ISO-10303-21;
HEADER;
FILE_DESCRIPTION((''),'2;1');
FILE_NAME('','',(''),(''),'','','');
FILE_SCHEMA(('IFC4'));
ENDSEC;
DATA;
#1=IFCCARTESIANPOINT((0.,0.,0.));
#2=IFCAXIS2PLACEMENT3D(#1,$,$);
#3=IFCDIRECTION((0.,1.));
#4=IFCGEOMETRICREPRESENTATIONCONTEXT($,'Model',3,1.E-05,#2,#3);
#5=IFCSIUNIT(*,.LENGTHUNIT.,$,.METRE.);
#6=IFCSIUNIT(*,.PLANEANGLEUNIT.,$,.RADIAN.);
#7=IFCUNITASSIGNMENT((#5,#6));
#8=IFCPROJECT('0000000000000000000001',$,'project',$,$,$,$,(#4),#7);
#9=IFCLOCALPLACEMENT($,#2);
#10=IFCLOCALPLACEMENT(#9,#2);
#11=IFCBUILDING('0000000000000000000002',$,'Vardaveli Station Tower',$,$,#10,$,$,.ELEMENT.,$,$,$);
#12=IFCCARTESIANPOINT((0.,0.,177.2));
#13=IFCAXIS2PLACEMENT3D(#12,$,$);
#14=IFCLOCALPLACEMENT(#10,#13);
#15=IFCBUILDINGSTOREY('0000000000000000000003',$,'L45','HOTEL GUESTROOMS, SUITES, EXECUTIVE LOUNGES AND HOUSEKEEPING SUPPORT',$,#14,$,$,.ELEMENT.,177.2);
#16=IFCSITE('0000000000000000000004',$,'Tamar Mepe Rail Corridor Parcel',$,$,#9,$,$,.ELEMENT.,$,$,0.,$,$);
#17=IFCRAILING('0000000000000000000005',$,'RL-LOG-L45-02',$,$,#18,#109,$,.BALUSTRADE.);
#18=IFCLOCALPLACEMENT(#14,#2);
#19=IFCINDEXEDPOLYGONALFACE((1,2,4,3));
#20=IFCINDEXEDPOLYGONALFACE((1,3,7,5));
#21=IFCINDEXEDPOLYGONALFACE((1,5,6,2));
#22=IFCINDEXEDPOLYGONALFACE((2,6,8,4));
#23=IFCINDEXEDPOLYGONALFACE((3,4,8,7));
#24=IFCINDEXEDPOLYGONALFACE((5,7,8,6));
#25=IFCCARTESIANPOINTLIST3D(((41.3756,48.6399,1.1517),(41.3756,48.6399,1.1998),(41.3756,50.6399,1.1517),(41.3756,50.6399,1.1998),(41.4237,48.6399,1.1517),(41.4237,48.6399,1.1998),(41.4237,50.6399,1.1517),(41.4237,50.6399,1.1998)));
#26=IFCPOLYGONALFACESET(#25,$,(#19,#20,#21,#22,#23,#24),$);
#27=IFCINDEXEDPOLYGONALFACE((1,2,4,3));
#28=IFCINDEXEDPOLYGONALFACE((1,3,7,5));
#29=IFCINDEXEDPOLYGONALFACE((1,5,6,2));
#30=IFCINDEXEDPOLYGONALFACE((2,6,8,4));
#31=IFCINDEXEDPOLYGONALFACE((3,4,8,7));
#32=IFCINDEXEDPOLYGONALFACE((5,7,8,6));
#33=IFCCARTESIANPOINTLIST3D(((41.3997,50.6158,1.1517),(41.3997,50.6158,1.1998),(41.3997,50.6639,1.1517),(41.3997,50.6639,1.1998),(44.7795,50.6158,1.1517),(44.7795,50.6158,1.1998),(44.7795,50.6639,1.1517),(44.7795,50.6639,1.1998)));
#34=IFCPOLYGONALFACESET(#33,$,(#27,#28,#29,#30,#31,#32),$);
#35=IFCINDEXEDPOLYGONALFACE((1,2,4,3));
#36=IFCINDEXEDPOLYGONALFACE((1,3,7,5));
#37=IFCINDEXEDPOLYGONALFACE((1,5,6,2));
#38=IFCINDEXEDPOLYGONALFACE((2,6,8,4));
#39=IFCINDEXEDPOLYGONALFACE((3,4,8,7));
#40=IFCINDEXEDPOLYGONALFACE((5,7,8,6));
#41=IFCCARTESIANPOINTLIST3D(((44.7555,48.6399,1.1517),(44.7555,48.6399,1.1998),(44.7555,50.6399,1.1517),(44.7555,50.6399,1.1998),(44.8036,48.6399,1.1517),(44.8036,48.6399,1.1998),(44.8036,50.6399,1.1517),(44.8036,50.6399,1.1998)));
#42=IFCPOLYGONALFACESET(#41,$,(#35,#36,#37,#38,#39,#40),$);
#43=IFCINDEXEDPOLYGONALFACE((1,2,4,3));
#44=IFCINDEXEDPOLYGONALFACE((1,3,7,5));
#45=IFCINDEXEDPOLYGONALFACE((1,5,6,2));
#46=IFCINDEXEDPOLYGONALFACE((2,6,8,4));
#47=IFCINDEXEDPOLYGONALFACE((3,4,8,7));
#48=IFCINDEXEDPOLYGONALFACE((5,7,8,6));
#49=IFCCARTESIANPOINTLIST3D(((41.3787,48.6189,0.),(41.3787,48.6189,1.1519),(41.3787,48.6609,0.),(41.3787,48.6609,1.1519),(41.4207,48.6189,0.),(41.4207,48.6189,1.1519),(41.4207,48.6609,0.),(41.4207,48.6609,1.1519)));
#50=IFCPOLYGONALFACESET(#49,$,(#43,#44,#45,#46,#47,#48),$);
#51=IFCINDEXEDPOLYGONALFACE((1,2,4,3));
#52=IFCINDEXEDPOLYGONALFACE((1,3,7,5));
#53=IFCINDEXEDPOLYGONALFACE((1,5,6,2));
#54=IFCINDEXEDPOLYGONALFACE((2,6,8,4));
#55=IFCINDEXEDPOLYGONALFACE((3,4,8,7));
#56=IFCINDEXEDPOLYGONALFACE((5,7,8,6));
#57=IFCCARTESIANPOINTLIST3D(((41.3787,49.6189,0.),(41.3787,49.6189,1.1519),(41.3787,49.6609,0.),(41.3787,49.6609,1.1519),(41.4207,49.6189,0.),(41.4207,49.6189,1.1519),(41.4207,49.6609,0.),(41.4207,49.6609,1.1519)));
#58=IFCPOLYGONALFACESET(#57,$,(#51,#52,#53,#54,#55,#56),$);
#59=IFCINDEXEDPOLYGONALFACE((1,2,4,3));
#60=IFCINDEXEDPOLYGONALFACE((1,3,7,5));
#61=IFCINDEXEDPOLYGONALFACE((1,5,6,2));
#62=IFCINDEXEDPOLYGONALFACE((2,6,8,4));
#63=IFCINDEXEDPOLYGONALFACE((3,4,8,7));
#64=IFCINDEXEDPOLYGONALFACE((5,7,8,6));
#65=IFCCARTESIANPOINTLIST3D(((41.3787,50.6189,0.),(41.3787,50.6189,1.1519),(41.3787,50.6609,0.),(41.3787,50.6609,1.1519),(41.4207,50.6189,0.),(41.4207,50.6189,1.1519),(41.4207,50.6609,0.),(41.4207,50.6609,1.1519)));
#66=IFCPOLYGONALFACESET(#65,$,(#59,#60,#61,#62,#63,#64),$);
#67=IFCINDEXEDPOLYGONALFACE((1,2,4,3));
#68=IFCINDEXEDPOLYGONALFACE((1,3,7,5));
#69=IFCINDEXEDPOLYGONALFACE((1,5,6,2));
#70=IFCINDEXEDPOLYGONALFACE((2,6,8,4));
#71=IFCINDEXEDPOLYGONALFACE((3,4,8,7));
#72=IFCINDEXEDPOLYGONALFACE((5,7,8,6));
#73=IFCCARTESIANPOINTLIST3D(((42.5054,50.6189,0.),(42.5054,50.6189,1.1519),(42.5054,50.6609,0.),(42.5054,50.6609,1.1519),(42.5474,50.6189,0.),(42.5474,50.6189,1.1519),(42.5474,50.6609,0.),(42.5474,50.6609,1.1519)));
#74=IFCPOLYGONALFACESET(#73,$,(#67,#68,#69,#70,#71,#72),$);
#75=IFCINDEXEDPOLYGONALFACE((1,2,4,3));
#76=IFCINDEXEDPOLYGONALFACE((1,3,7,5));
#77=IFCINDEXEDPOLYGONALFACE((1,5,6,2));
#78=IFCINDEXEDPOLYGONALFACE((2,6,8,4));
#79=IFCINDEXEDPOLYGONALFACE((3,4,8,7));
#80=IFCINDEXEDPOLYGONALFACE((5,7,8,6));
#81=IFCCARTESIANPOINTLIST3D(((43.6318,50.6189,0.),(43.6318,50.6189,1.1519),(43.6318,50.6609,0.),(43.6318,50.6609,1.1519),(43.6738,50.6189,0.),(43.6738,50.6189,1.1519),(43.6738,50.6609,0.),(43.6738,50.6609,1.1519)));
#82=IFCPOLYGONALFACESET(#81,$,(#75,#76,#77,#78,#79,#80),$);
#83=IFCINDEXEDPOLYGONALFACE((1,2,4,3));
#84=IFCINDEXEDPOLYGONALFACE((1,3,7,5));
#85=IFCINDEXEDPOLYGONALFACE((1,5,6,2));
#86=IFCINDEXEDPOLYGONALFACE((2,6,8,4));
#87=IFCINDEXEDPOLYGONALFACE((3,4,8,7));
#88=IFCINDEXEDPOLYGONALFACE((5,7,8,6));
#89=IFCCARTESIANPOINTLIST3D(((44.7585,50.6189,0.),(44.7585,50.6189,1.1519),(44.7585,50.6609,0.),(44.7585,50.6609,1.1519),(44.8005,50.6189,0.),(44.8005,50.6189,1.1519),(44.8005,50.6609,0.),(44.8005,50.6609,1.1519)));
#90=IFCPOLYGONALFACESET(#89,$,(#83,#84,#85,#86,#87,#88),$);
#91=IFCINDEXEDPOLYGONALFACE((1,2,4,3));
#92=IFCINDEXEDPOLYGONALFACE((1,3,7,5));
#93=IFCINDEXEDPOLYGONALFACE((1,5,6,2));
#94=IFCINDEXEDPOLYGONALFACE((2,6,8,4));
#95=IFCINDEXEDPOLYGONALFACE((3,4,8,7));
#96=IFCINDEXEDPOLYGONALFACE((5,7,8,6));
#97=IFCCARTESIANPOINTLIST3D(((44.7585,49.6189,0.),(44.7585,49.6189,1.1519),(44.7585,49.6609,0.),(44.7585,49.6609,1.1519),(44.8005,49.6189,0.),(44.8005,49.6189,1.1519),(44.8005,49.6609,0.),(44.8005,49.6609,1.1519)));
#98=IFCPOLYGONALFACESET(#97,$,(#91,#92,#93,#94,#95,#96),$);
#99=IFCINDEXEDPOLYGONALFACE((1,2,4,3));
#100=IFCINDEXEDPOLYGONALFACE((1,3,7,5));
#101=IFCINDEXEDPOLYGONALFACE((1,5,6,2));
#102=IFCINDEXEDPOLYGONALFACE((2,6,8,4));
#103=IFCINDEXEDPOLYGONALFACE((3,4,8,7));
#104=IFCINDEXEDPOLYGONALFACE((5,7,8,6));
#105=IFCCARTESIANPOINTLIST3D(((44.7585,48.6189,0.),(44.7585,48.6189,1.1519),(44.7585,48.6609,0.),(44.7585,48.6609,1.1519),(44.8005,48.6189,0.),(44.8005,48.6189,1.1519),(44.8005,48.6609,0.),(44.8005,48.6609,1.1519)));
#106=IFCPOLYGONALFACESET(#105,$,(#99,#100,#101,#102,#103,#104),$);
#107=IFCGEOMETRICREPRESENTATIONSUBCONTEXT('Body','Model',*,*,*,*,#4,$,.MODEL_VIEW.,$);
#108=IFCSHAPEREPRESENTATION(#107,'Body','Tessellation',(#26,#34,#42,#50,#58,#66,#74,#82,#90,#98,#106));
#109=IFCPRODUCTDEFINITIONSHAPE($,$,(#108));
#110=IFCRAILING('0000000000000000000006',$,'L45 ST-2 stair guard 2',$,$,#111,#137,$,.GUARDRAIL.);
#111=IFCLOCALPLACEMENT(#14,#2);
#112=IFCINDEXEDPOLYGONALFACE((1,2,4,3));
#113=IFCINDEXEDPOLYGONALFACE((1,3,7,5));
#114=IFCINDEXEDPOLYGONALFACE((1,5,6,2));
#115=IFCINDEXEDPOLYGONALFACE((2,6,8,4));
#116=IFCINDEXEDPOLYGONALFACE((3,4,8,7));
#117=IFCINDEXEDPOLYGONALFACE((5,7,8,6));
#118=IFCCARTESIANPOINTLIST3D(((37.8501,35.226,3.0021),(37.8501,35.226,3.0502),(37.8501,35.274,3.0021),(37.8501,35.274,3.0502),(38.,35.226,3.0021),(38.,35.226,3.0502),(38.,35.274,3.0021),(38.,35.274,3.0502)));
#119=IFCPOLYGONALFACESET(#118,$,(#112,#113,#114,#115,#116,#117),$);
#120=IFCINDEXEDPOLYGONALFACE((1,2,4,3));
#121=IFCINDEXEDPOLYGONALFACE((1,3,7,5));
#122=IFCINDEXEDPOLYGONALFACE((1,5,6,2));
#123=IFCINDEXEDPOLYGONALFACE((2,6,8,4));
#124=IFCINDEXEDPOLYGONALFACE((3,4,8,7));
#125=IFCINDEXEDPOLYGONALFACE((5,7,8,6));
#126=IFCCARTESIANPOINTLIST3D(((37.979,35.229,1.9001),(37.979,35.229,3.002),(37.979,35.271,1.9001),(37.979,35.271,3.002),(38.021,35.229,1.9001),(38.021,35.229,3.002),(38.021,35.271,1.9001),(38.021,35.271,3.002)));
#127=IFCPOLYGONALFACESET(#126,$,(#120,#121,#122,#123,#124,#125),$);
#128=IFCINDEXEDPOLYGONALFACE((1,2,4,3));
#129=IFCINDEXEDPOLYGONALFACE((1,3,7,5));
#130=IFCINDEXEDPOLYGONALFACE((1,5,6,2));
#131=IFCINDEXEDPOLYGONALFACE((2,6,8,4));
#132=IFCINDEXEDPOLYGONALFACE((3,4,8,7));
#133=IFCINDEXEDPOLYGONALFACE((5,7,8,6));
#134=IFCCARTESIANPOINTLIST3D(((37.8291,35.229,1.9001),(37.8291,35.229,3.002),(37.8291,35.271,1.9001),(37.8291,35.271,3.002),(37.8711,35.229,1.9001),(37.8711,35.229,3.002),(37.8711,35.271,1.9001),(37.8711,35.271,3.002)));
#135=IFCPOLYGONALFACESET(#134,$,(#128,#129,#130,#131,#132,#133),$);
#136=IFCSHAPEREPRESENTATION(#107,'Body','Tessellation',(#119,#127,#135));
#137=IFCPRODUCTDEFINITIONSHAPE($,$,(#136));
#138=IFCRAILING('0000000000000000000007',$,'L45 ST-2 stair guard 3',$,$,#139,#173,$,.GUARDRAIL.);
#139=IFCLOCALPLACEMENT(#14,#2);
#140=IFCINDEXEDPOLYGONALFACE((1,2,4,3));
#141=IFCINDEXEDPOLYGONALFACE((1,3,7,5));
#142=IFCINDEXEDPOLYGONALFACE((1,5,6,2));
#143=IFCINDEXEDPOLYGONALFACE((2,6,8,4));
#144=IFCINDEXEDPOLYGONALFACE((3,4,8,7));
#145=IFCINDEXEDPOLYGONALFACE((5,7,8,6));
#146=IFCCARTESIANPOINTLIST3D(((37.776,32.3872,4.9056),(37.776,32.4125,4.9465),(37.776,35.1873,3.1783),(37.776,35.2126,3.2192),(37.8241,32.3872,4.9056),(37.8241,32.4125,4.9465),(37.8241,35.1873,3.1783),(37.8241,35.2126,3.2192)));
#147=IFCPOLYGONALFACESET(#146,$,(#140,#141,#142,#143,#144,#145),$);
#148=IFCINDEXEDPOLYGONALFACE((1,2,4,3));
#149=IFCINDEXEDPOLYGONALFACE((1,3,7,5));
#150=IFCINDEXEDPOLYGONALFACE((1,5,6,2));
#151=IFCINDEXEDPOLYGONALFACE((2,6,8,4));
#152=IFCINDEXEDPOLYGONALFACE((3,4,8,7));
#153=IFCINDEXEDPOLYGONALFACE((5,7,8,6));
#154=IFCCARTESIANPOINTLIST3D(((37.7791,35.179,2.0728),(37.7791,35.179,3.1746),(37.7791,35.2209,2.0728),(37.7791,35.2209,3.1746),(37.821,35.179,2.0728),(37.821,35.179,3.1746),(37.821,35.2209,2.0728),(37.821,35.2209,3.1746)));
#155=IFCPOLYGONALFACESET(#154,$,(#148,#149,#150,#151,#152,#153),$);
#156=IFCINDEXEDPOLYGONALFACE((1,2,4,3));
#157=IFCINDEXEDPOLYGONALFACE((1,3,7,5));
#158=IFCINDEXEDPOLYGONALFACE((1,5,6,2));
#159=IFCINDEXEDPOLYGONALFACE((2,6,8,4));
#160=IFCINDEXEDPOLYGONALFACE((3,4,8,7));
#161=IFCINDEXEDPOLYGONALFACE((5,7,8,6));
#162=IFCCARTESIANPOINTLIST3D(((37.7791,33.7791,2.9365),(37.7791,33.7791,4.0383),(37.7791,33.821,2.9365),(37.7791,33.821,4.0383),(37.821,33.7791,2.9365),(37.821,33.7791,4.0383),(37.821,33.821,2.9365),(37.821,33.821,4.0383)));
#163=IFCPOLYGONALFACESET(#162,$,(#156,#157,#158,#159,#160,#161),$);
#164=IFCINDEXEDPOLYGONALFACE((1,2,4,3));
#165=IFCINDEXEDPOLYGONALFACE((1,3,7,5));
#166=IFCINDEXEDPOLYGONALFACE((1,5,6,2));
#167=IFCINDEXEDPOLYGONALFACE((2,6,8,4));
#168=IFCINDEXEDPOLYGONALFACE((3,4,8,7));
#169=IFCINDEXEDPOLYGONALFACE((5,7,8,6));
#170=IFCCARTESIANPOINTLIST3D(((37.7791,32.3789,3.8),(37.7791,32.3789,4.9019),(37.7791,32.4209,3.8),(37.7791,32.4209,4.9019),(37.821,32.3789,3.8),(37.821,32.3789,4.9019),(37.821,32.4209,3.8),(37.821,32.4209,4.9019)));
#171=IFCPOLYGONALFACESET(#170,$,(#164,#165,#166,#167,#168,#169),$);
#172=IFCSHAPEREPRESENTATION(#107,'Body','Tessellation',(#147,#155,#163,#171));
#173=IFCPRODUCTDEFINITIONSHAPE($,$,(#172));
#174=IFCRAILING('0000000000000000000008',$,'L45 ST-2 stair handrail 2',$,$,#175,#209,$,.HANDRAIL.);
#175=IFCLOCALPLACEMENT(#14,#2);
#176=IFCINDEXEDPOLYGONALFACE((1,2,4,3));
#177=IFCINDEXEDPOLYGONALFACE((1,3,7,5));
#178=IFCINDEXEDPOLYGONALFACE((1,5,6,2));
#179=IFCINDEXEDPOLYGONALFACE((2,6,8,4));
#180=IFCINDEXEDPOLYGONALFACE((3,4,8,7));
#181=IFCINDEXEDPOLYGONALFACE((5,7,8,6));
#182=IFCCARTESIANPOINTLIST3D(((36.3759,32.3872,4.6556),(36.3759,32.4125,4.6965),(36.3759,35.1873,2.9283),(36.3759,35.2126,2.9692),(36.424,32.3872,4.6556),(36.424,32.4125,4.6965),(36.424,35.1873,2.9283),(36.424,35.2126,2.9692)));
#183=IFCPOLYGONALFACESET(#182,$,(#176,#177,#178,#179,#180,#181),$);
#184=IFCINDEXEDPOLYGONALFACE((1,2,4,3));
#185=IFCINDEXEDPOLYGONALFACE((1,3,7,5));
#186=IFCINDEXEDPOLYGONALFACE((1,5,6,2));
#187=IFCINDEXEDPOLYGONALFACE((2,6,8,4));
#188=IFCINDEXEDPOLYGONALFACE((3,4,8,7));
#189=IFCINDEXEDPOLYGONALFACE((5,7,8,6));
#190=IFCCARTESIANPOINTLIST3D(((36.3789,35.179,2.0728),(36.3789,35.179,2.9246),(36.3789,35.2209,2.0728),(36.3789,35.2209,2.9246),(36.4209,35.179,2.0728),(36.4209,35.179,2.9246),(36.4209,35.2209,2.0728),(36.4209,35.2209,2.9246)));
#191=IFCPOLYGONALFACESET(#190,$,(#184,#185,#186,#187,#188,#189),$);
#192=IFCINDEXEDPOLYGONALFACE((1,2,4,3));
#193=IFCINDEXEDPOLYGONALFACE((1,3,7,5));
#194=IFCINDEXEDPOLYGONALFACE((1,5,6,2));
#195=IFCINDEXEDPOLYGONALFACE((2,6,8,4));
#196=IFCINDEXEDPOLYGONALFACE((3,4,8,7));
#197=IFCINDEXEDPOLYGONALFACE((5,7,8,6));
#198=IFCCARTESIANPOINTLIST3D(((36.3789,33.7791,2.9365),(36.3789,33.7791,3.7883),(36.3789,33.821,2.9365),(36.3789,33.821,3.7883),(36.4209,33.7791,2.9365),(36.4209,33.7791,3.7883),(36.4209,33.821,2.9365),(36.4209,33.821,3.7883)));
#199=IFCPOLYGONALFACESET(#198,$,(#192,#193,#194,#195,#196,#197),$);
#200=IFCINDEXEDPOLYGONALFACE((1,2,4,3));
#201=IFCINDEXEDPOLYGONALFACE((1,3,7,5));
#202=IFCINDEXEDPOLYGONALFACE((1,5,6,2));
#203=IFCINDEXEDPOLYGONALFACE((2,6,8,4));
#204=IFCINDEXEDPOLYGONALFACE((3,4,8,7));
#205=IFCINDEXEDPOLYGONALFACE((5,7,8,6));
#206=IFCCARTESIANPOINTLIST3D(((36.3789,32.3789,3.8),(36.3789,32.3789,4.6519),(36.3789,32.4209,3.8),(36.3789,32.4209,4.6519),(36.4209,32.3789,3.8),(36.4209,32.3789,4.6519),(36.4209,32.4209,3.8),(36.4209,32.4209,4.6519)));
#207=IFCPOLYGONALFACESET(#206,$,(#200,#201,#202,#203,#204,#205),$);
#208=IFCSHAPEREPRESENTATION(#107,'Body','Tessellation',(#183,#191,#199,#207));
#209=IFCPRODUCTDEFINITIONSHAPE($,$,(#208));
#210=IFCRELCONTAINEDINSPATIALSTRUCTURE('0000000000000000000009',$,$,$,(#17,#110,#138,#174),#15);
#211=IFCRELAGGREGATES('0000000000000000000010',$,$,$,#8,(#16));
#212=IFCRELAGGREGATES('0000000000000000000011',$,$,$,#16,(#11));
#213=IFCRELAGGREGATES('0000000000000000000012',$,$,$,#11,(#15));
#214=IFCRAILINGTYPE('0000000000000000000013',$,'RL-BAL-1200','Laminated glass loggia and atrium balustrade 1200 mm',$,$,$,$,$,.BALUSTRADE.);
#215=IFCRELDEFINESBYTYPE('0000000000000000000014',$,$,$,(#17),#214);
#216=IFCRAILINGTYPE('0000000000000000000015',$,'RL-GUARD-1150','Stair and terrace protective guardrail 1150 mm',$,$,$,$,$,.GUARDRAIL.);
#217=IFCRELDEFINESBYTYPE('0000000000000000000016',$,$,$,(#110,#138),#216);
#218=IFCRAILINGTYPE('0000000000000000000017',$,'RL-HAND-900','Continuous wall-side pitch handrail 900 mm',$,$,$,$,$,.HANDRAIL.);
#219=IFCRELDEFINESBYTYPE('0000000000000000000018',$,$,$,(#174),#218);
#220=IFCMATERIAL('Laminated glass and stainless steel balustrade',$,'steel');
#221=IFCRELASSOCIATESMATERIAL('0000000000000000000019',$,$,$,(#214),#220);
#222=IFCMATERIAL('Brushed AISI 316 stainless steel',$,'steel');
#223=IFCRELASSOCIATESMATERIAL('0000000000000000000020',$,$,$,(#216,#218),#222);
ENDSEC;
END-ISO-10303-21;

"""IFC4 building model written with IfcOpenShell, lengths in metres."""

from ifc_helpers import new_model, si_unit, direction, frame, origin, origin_2d, place, context, subcontext, project, spatial, rectangle, extrude, source, transform, mapped, material, type_object, element, save


model = new_model("IFC4")

# Units and contexts
model_context = context("Model", 3, precision=1e-05, world=origin(), true_north=direction((0.0, 1.0)))
body_context = subcontext(model_context, "Body", "Model", "MODEL_VIEW")
ifc_project = project(units=[si_unit("LENGTHUNIT", "METRE"), si_unit("PLANEANGLEUNIT", "RADIAN")], contexts=[model_context])

# Site, building, storey
site_placement = place(None, origin())
site = spatial("IfcSite", under=ifc_project, at=site_placement, Name="Tamar Mepe Rail Corridor Parcel", CompositionType="ELEMENT", RefElevation=0.0)
building_placement = place(site_placement, origin())
building = spatial("IfcBuilding", under=site, at=building_placement, Name="Vardaveli Station Tower", CompositionType="ELEMENT")
storey_placement = place(building_placement, frame((0.0, 0.0, 177.2)))
storey = spatial("IfcBuildingStorey", under=building, at=storey_placement, Name="L45", Description="HOTEL GUESTROOMS, SUITES, EXECUTIVE LOUNGES AND HOUSEKEEPING SUPPORT", CompositionType="ELEMENT", Elevation=177.2)

# Railings
ifc_material_1 = material(Name="Laminated glass and stainless steel balustrade", Category="steel")
railing_type_1 = type_object("IfcRailingType", Name="RL-BAL-1200", Description="Laminated glass loggia and atrium balustrade 1200 mm", PredefinedType="BALUSTRADE", material=ifc_material_1)
shared_shape_1 = source(origin(), body_context, "Body", "SweptSolid", [
    extrude(rectangle(XDim=0.0481, YDim=0.0481, at=origin_2d()), frame((0.0, 0.0, 1.1758), z_axis=(0.0, 1.0, 0.0), x_axis=(-1.0, 0.0, 0.0)), (0.0, 0.0, 1.0), 2.0),
    extrude(rectangle(XDim=0.0481, YDim=0.0481, at=origin_2d()), frame((0.0, 2.0, 1.1758), z_axis=(1.0, 0.0, 0.0), x_axis=(0.0, 1.0, 0.0)), (0.0, 0.0, 1.0), 3.3799),
    extrude(rectangle(XDim=0.0481, YDim=0.0481, at=origin_2d()), frame((3.3799, 2.0, 1.1758), z_axis=(0.0, -1.0, 0.0), x_axis=(1.0, 0.0, 0.0)), (0.0, 0.0, 1.0), 2.0),
    extrude(rectangle(XDim=0.042, YDim=0.042, at=origin_2d()), origin(), (0.0, 0.0, 1.0), 1.1519),
    extrude(rectangle(XDim=0.042, YDim=0.042, at=origin_2d()), frame((0.0, 1.0, 0.0)), (0.0, 0.0, 1.0), 1.1519),
    extrude(rectangle(XDim=0.042, YDim=0.042, at=origin_2d()), frame((0.0, 2.0, 0.0)), (0.0, 0.0, 1.0), 1.1519),
    extrude(rectangle(XDim=0.042, YDim=0.042, at=origin_2d()), frame((1.1267, 2.0, 0.0)), (0.0, 0.0, 1.0), 1.1519),
    extrude(rectangle(XDim=0.042, YDim=0.042, at=origin_2d()), frame((2.2532, 2.0, 0.0)), (0.0, 0.0, 1.0), 1.1519),
    extrude(rectangle(XDim=0.042, YDim=0.042, at=origin_2d()), frame((3.3799, 2.0, 0.0)), (0.0, 0.0, 1.0), 1.1519),
    extrude(rectangle(XDim=0.042, YDim=0.042, at=origin_2d()), frame((3.3799, 1.0, 0.0)), (0.0, 0.0, 1.0), 1.1519),
    extrude(rectangle(XDim=0.042, YDim=0.042, at=origin_2d()), frame((3.3799, 0.0, 0.0)), (0.0, 0.0, 1.0), 1.1519),
])
railing_1_placement = place(storey_placement, frame((41.3997, 48.6399, 0.0)))
element("IfcRailing", 1, at=railing_1_placement, inside=storey, type_object=railing_type_1, Name="RL-LOG-L45-02", PredefinedType="BALUSTRADE", context=body_context, shape_type="MappedRepresentation", body=[
    mapped(shared_shape_1, transform((0.0, 0.0, 0.0), scale=1.0)),
])
ifc_material_2 = material(Name="Brushed AISI 316 stainless steel", Category="steel")
railing_type_2 = type_object("IfcRailingType", Name="RL-GUARD-1150", Description="Stair and terrace protective guardrail 1150 mm", PredefinedType="GUARDRAIL", material=ifc_material_2)
shared_shape_2 = source(origin(), body_context, "Body", "SweptSolid", [
    extrude(rectangle(XDim=0.0481, YDim=0.0481, at=origin_2d()), frame((0.0, 0.0, 1.126), z_axis=(-1.0, 0.0, 0.0), x_axis=(0.0, -1.0, 0.0)), (0.0, 0.0, 1.0), 0.1499),
    extrude(rectangle(XDim=0.042, YDim=0.042, at=origin_2d()), origin(), (0.0, 0.0, 1.0), 1.1018),
    extrude(rectangle(XDim=0.042, YDim=0.042, at=origin_2d()), frame((-0.1499, 0.0, 0.0)), (0.0, 0.0, 1.0), 1.1018),
])
railing_2_placement = place(storey_placement, frame((38.0, 35.25, 1.9001)))
element("IfcRailing", 2, at=railing_2_placement, inside=storey, type_object=railing_type_2, Name="L45 ST-2 stair guard 2", PredefinedType="GUARDRAIL", context=body_context, shape_type="MappedRepresentation", body=[
    mapped(shared_shape_2, transform((0.0, 0.0, 0.0), scale=1.0)),
])
shared_shape_3 = source(origin(), body_context, "Body", "SweptSolid", [
    extrude(rectangle(XDim=0.0481, YDim=0.0481, at=origin_2d()), frame((0.0, 0.0, 1.126), z_axis=(0.0, -0.85109, 0.52502), x_axis=(1.0, 0.0, 0.0)), (0.0, 0.0, 1.0), 3.29),
    extrude(rectangle(XDim=0.042, YDim=0.042, at=origin_2d()), origin(), (0.0, 0.0, 1.0), 1.1018),
    extrude(rectangle(XDim=0.042, YDim=0.042, at=origin_2d()), frame((0.0, -1.3999, 0.8638)), (0.0, 0.0, 1.0), 1.1018),
    extrude(rectangle(XDim=0.042, YDim=0.042, at=origin_2d()), frame((0.0, -2.8, 1.7273)), (0.0, 0.0, 1.0), 1.1018),
])
railing_3_placement = place(storey_placement, frame((37.8, 35.2, 2.0728)))
element("IfcRailing", 3, at=railing_3_placement, inside=storey, type_object=railing_type_2, Name="L45 ST-2 stair guard 3", PredefinedType="GUARDRAIL", context=body_context, shape_type="MappedRepresentation", body=[
    mapped(shared_shape_3, transform((0.0, 0.0, 0.0), scale=1.0)),
])
railing_type_3 = type_object("IfcRailingType", Name="RL-HAND-900", Description="Continuous wall-side pitch handrail 900 mm", PredefinedType="HANDRAIL", material=ifc_material_2)
shared_shape_4 = source(origin(), body_context, "Body", "SweptSolid", [
    extrude(rectangle(XDim=0.0481, YDim=0.0481, at=origin_2d()), frame((0.0, 0.0, 0.876), z_axis=(0.0, -0.85109, 0.52502), x_axis=(1.0, 0.0, 0.0)), (0.0, 0.0, 1.0), 3.29),
    extrude(rectangle(XDim=0.042, YDim=0.042, at=origin_2d()), origin(), (0.0, 0.0, 1.0), 0.8518),
    extrude(rectangle(XDim=0.042, YDim=0.042, at=origin_2d()), frame((0.0, -1.3999, 0.8638)), (0.0, 0.0, 1.0), 0.8518),
    extrude(rectangle(XDim=0.042, YDim=0.042, at=origin_2d()), frame((0.0, -2.8, 1.7273)), (0.0, 0.0, 1.0), 0.8518),
])
railing_4_placement = place(storey_placement, frame((36.3999, 35.2, 2.0728)))
element("IfcRailing", 4, at=railing_4_placement, inside=storey, type_object=railing_type_3, Name="L45 ST-2 stair handrail 2", PredefinedType="HANDRAIL", context=body_context, shape_type="MappedRepresentation", body=[
    mapped(shared_shape_4, transform((0.0, 0.0, 0.0), scale=1.0)),
])

save(model, "model.ifc")
